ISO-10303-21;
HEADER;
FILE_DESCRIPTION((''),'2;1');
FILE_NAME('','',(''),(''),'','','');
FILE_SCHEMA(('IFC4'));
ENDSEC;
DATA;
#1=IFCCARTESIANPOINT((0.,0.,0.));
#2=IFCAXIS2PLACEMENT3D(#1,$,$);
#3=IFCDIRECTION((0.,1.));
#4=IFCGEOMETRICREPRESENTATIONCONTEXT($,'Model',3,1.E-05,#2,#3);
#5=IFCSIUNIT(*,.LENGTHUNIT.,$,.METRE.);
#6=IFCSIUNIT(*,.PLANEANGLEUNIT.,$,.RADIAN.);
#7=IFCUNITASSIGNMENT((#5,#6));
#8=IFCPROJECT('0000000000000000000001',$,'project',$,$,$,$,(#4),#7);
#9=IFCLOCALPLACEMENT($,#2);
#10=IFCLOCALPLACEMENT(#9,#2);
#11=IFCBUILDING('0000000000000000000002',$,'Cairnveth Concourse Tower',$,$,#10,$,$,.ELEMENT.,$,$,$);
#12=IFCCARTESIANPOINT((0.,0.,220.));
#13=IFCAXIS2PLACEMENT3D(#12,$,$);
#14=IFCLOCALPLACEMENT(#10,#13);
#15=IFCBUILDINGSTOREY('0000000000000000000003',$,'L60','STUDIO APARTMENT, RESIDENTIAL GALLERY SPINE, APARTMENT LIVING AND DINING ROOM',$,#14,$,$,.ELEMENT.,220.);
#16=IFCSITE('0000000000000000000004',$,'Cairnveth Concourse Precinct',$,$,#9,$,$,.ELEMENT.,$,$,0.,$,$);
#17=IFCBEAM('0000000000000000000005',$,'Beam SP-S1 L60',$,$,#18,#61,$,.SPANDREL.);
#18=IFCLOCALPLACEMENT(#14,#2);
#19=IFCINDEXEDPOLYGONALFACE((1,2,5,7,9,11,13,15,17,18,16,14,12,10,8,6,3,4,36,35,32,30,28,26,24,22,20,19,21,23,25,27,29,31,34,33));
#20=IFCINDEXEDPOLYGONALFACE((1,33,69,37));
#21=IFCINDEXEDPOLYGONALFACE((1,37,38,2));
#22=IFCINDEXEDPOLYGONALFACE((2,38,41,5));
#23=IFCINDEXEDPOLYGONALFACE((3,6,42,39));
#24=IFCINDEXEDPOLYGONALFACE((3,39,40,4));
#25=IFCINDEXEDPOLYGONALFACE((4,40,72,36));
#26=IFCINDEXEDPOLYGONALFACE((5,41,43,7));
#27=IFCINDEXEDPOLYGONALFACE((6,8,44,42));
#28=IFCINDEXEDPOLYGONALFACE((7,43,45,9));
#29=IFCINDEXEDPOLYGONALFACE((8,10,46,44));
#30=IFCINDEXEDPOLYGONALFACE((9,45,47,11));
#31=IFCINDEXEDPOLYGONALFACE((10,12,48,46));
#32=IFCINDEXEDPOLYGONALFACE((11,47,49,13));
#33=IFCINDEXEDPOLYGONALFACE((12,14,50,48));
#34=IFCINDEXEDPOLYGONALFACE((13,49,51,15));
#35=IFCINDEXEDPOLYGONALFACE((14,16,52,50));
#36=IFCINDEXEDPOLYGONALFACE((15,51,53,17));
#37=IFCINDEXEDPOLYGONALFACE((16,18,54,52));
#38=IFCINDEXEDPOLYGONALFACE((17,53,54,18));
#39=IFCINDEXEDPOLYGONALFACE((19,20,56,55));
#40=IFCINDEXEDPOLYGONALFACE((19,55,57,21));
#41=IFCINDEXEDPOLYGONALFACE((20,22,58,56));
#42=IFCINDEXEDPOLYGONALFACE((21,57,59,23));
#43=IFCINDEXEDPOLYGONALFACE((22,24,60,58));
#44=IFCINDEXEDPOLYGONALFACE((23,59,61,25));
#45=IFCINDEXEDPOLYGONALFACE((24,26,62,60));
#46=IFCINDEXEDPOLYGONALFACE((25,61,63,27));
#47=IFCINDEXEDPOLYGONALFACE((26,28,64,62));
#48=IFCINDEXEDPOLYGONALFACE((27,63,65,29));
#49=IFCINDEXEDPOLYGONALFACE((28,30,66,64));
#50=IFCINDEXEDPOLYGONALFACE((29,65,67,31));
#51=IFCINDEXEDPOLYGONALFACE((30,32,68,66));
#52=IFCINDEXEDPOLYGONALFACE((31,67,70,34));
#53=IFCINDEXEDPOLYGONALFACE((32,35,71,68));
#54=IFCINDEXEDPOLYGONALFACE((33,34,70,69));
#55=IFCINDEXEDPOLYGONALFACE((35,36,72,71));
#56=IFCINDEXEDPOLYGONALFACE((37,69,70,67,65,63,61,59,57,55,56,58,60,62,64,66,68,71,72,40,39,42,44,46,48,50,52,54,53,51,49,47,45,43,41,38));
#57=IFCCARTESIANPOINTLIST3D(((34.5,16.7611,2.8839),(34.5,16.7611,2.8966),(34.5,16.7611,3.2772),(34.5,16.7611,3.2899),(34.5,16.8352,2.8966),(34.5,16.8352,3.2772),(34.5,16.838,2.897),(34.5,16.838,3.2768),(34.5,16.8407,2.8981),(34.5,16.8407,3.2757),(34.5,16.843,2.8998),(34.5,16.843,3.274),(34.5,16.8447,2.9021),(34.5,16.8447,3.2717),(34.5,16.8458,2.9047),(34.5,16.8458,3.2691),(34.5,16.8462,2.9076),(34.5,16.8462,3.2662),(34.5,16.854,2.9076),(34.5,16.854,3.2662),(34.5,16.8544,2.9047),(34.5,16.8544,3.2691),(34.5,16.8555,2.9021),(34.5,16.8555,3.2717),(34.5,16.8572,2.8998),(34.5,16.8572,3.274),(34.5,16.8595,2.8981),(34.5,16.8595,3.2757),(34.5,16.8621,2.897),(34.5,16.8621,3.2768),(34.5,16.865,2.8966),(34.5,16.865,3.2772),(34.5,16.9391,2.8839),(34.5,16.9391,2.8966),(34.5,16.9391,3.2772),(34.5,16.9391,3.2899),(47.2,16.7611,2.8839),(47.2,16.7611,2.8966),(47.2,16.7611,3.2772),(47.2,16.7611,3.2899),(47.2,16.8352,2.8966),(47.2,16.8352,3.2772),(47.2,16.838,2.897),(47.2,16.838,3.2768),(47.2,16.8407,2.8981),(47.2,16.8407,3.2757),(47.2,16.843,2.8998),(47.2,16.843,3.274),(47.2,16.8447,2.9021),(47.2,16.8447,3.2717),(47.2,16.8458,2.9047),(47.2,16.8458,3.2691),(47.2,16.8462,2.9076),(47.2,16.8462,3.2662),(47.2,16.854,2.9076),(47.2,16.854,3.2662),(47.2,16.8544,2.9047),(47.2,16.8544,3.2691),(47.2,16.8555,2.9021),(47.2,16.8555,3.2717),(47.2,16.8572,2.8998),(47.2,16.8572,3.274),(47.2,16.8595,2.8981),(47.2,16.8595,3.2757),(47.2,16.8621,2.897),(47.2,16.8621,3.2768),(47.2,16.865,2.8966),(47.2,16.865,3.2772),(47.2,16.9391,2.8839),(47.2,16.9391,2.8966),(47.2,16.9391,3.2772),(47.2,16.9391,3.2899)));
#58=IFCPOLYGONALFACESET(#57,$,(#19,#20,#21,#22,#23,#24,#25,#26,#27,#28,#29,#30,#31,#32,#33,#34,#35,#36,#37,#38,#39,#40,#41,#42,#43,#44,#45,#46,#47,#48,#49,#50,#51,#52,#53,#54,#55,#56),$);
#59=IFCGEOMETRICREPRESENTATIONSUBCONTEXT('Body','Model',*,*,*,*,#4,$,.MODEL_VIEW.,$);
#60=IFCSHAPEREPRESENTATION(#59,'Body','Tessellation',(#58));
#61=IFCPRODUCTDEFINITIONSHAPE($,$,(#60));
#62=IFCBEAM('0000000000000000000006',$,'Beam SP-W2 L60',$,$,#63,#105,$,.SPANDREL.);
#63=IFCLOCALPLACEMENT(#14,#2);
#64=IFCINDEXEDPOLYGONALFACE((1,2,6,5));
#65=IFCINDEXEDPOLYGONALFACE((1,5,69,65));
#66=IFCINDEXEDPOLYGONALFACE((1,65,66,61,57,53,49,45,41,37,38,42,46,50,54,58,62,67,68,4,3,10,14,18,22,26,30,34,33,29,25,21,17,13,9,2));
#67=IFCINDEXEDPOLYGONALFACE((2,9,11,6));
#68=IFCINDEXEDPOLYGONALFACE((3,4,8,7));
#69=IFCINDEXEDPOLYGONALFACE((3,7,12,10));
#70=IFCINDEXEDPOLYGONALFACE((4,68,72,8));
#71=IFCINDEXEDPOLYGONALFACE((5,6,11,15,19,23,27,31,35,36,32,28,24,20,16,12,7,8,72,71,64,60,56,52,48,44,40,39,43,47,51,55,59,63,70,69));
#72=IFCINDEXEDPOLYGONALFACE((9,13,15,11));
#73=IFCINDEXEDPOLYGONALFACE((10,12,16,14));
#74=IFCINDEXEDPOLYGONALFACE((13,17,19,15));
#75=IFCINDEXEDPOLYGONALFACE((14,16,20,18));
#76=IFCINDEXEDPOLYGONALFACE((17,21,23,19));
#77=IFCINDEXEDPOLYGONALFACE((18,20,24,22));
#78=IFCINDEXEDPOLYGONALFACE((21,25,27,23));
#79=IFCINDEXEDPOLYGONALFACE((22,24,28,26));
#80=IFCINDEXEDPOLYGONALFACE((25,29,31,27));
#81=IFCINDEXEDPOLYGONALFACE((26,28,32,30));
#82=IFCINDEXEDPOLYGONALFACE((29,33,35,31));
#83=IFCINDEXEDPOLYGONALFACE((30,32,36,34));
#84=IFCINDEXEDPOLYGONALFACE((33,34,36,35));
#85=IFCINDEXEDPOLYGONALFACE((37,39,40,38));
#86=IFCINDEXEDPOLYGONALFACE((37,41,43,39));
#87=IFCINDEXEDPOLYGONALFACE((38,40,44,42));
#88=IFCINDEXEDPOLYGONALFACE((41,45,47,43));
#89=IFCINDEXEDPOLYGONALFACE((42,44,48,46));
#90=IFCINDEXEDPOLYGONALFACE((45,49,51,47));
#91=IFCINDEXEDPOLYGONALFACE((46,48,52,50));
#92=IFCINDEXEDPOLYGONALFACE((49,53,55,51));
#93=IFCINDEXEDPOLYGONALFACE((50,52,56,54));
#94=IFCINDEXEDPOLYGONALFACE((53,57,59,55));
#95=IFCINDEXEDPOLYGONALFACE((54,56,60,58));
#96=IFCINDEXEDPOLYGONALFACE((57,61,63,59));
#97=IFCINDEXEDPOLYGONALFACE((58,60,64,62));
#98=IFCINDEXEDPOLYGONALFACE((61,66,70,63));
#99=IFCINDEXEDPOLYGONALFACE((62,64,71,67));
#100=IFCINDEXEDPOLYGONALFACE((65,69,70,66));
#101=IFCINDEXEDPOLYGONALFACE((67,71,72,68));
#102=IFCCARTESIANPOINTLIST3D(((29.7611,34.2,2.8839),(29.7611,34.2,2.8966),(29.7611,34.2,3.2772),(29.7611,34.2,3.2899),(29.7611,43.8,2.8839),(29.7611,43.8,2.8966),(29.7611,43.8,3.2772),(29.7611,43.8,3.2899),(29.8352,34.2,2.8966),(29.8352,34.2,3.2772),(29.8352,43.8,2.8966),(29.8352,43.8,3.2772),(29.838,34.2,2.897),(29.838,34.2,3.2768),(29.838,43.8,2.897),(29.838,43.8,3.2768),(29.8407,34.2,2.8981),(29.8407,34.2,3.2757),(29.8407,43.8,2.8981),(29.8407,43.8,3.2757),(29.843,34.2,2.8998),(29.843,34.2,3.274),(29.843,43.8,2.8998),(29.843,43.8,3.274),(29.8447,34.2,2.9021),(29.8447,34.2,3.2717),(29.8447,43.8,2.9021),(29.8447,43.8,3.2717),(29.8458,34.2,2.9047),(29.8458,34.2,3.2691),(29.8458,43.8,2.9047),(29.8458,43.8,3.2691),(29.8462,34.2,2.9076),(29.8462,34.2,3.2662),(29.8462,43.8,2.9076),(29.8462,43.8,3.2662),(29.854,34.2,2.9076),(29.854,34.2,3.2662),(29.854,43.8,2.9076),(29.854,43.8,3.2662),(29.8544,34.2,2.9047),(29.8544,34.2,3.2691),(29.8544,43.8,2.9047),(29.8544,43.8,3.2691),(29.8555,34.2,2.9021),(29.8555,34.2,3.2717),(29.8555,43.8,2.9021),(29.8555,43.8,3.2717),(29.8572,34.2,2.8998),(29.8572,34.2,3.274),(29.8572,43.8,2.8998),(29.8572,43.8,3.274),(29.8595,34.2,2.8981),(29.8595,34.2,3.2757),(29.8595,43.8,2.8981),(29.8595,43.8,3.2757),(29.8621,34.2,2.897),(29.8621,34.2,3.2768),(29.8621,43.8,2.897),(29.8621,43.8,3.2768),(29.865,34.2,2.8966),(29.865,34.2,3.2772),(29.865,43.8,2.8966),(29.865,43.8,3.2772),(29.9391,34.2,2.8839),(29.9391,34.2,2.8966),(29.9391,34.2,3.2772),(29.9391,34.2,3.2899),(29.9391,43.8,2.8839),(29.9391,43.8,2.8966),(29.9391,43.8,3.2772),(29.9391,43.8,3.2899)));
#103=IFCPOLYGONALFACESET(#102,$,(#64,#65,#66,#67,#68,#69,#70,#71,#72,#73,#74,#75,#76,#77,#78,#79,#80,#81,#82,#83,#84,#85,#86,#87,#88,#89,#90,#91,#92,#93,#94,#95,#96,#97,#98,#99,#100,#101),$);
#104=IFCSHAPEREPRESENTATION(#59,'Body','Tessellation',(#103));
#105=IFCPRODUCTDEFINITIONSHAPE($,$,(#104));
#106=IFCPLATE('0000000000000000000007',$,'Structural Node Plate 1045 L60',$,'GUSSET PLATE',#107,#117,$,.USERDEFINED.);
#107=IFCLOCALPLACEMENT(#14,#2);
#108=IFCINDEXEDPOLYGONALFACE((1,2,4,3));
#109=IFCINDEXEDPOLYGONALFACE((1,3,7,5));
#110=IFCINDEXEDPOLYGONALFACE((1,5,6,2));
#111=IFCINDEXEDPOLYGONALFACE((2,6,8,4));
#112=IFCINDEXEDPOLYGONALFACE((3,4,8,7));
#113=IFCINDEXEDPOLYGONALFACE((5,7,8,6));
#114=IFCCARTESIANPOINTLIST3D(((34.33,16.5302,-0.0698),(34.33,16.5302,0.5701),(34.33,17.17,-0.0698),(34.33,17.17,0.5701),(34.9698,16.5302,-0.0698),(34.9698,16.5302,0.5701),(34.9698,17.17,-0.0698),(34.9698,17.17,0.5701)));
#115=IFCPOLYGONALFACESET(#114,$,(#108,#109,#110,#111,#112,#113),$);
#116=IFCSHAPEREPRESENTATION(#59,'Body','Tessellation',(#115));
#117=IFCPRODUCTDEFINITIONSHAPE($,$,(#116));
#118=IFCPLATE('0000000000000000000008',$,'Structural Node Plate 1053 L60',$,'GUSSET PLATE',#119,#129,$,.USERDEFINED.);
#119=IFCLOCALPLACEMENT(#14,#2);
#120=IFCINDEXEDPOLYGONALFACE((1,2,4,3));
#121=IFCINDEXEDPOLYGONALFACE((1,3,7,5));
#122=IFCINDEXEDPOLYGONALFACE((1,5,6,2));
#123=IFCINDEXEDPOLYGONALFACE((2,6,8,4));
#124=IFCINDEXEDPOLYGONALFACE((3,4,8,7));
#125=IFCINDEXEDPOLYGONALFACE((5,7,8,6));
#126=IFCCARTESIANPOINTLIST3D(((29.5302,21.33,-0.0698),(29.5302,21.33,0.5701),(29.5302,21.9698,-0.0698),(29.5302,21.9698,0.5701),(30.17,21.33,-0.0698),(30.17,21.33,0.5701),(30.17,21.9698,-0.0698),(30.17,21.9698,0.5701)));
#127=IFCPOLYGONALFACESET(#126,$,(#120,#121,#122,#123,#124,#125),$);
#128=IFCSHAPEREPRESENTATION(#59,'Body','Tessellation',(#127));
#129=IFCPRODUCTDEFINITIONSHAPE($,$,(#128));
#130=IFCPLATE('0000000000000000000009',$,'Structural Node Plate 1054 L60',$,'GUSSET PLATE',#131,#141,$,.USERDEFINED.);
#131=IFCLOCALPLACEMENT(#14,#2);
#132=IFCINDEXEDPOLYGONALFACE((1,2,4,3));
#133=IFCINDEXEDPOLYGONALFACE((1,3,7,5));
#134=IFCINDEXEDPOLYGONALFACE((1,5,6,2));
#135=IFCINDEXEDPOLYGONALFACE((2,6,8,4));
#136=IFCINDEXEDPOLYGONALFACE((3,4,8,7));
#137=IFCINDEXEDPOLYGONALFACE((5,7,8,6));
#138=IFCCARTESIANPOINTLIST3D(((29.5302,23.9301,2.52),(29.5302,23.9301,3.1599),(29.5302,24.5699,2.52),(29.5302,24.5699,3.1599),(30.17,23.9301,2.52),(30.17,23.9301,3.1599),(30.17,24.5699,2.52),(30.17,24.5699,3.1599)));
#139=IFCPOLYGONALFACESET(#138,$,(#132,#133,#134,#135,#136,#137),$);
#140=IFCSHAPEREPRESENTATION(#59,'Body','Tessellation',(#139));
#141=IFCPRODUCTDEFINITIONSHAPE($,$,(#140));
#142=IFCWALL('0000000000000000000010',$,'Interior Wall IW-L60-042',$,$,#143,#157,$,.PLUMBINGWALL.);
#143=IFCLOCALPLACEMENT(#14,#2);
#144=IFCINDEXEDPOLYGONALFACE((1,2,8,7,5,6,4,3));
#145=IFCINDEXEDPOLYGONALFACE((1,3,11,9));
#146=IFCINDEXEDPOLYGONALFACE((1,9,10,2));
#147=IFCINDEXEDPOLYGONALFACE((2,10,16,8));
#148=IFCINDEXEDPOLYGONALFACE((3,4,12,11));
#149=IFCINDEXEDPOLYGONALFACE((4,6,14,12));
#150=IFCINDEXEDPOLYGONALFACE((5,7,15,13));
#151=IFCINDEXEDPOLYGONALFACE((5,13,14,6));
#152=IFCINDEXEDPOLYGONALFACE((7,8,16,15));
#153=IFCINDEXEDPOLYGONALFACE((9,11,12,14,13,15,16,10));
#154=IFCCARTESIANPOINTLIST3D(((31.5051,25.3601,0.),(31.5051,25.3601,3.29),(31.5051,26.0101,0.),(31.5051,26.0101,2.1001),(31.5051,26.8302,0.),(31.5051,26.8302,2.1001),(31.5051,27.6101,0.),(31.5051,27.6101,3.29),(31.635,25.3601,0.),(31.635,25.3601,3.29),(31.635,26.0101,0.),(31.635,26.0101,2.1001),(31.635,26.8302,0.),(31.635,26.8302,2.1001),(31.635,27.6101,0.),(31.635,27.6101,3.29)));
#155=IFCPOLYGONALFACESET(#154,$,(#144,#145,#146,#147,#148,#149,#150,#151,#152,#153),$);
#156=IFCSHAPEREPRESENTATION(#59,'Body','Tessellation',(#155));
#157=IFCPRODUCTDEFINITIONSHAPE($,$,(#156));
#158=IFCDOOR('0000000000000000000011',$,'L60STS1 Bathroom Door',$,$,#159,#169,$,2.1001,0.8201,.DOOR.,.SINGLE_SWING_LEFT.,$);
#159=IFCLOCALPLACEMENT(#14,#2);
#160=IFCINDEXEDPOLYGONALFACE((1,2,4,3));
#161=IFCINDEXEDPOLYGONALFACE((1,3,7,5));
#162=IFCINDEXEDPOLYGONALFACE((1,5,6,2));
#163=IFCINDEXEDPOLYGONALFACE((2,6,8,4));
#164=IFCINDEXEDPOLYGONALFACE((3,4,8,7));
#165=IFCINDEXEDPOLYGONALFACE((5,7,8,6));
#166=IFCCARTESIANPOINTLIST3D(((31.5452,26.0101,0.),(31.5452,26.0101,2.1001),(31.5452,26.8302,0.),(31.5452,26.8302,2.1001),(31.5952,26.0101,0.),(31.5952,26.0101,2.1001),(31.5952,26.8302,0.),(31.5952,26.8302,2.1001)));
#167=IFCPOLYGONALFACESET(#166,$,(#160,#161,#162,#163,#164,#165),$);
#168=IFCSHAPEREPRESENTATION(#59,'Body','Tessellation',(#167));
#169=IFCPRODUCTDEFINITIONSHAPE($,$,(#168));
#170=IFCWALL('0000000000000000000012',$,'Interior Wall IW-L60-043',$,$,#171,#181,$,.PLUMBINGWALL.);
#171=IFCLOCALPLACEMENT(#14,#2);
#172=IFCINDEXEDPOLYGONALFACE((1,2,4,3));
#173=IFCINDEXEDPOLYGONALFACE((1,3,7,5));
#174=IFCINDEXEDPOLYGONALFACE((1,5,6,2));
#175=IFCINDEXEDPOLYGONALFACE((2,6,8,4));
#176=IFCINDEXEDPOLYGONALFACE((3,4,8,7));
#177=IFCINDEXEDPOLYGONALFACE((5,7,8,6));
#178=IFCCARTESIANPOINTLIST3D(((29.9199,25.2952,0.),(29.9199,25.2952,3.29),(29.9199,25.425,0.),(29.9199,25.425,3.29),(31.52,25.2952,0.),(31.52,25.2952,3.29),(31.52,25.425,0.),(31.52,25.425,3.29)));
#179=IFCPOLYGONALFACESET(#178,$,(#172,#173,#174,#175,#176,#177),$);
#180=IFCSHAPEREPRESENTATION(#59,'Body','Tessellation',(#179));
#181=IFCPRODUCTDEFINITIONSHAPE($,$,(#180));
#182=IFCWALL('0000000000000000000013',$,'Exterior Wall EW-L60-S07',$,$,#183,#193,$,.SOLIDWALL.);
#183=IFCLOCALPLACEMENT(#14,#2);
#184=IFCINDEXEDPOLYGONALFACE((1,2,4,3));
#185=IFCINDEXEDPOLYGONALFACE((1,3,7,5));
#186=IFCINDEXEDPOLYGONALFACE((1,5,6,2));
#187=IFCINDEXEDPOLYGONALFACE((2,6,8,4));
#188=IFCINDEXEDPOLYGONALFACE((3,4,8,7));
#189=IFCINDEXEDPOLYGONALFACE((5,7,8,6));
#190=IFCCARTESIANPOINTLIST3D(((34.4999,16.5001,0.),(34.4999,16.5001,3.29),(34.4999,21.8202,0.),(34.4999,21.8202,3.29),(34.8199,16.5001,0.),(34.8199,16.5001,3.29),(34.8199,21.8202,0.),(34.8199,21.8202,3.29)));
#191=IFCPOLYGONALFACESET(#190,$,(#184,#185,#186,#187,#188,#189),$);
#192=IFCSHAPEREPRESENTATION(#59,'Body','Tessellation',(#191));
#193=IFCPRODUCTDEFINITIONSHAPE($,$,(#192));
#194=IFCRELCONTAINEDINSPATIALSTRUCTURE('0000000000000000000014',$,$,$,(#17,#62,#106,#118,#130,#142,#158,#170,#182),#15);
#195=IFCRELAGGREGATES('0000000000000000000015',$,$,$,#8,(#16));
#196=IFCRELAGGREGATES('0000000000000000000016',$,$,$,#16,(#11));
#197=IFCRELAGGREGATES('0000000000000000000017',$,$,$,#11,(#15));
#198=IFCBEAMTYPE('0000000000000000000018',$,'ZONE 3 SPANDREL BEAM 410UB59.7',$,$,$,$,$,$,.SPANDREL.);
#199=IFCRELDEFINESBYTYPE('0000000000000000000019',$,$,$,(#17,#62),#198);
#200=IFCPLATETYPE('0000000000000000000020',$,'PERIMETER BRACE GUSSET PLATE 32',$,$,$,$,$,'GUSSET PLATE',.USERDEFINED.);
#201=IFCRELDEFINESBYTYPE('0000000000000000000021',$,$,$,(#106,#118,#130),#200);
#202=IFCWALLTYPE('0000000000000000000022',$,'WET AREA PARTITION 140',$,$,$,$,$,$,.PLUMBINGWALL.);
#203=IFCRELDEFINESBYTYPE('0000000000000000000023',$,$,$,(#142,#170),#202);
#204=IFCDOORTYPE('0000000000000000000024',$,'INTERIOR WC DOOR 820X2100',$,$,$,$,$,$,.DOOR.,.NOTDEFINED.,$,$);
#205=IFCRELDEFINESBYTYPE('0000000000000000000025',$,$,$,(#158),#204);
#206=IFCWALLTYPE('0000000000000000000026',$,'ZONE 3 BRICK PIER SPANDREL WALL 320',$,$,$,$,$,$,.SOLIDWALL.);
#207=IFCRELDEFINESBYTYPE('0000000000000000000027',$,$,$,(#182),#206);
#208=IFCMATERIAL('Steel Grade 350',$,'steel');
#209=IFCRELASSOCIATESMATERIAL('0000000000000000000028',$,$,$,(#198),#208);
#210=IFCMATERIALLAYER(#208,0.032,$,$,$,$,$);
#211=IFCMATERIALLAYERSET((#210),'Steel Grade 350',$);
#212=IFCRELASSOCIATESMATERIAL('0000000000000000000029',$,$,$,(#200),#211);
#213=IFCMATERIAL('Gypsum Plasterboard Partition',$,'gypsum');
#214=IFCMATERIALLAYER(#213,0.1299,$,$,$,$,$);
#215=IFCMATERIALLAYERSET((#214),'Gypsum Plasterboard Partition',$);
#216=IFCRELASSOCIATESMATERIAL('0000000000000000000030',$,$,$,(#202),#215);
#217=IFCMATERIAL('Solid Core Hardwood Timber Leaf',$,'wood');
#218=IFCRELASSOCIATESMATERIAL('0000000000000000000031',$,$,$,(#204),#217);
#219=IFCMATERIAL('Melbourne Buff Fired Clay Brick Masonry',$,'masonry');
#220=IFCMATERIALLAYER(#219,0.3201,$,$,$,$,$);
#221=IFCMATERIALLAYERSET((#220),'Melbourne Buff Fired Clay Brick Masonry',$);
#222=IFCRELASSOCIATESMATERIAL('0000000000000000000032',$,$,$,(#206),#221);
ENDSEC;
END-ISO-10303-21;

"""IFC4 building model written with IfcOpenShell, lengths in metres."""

from ifc_helpers import new_model, si_unit, direction, frame, frame_2d, origin, origin_2d, place, context, subcontext, project, spatial, rectangle, i_section, extrude, material, layer, layer_set, material_profile, profile_set, type_object, element, fill, save


model = new_model("IFC4")

# Units and contexts
model_context = context("Model", 3, precision=1e-05, world=origin(), true_north=direction((0.0, 1.0)))
body_context = subcontext(model_context, "Body", "Model", "MODEL_VIEW")
ifc_project = project(units=[si_unit("LENGTHUNIT", "METRE"), si_unit("PLANEANGLEUNIT", "RADIAN")], contexts=[model_context])

# Site, building, storey
site_placement = place(None, origin())
site = spatial("IfcSite", under=ifc_project, at=site_placement, Name="Cairnveth Concourse Precinct", CompositionType="ELEMENT", RefElevation=0.0)
building_placement = place(site_placement, origin())
building = spatial("IfcBuilding", under=site, at=building_placement, Name="Cairnveth Concourse Tower", CompositionType="ELEMENT")
storey_placement = place(building_placement, frame((0.0, 0.0, 220.0)))
storey = spatial("IfcBuildingStorey", under=building, at=storey_placement, Name="L60", Description="STUDIO APARTMENT, RESIDENTIAL GALLERY SPINE, APARTMENT LIVING AND DINING ROOM", CompositionType="ELEMENT", Elevation=220.0)

# Shared definitions
ifc_material_1 = material(Name="Steel Grade 350", Category="steel")

# Beams
ifc_material_profile_1 = material_profile(ifc_material_1, i_section(OverallWidth=0.178, OverallDepth=0.406, WebThickness=0.0078, FlangeThickness=0.0127, FilletRadius=0.011, at=origin_2d()), Name="410UB59.7")
ifc_profile_set_1 = profile_set([ifc_material_profile_1], Name="Steel Grade 350")
beam_type_1 = type_object("IfcBeamType", Name="ZONE 3 SPANDREL BEAM 410UB59.7", PredefinedType="SPANDREL", material=ifc_profile_set_1)
beam_1_placement = place(storey_placement, frame((34.5, 16.8501, 3.0869), z_axis=(1.0, 0.0, 0.0), x_axis=(0.0, 1.0, 0.0)))
element("IfcBeam", 1, at=beam_1_placement, inside=storey, type_object=beam_type_1, Name="Beam SP-S1 L60", PredefinedType="SPANDREL", context=body_context, shape_type="SweptSolid", body=[
    extrude(i_section(OverallWidth=0.178, OverallDepth=0.406, WebThickness=0.0078, FlangeThickness=0.0127, FilletRadius=0.011, at=origin_2d()), origin(), (0.0, 0.0, 1.0), 12.7),
])
beam_2_placement = place(storey_placement, frame((29.8501, 34.2, 3.0869), z_axis=(0.0, 1.0, 0.0), x_axis=(-1.0, 0.0, 0.0)))
element("IfcBeam", 2, at=beam_2_placement, inside=storey, type_object=beam_type_1, Name="Beam SP-W2 L60", PredefinedType="SPANDREL", context=body_context, shape_type="SweptSolid", body=[
    extrude(i_section(OverallWidth=0.178, OverallDepth=0.406, WebThickness=0.0078, FlangeThickness=0.0127, FilletRadius=0.011, at=origin_2d()), origin(), (0.0, 0.0, 1.0), 9.6001),
])

# Plates
ifc_layer_1 = layer(ifc_material_1, 0.032)
ifc_layer_set_1 = layer_set([ifc_layer_1], Name="Steel Grade 350")
plate_type = type_object("IfcPlateType", Name="PERIMETER BRACE GUSSET PLATE 32", ElementType="GUSSET PLATE", PredefinedType="USERDEFINED", material=ifc_layer_set_1)
for number, where, z_axis, x_axis, name in (
    (3, (34.6499, 16.8501, -0.0698), (0.0, 0.0, 1.0), (1.0, 0.0, 0.0), "Structural Node Plate 1045 L60"),
    (4, (29.8501, 21.6499, -0.0698), (0.0, 0.0, 1.0), (1.0, 0.0, 0.0), "Structural Node Plate 1053 L60"),
    (5, (29.8501, 24.25, 2.52), (0.0, 0.0, 1.0), (1.0, 0.0, 0.0), "Structural Node Plate 1054 L60"),
):
    element("IfcPlate", number, at=place(storey_placement, frame(where, z_axis=z_axis, x_axis=x_axis)), inside=storey, type_object=plate_type, Name=name, ObjectType="GUSSET PLATE", PredefinedType="USERDEFINED", context=body_context, shape_type="SweptSolid", body=[
        extrude(rectangle(XDim=0.6399, YDim=0.6399, at=origin_2d()), origin(), (0.0, 0.0, 1.0), 0.6399),
    ])

# Wall, opening, door
ifc_material_2 = material(Name="Gypsum Plasterboard Partition", Category="gypsum")
ifc_layer_2 = layer(ifc_material_2, 0.1299)
ifc_layer_set_2 = layer_set([ifc_layer_2], Name="Gypsum Plasterboard Partition")
wall_type_1 = type_object("IfcWallType", Name="WET AREA PARTITION 140", PredefinedType="PLUMBINGWALL", material=ifc_layer_set_2)
wall_1_placement = place(storey_placement, frame((31.5701, 25.3601, 0.0), z_axis=(0.0, 0.0, 1.0), x_axis=(0.0, 1.0, 0.0)))
wall_1 = element("IfcWall", 6, at=wall_1_placement, inside=storey, type_object=wall_type_1, Name="Interior Wall IW-L60-042", PredefinedType="PLUMBINGWALL", context=body_context, shape_type="SweptSolid", body=[
    extrude(rectangle(XDim=2.25, YDim=0.1299, at=frame_2d((1.125, 0.0))), origin(), (0.0, 0.0, 1.0), 3.29),
])
opening_placement = place(wall_1_placement, frame((0.6499, 0.0, 0.0)))
opening = element("IfcOpeningElement", 7, at=opening_placement, cuts=wall_1, PredefinedType="OPENING", context=body_context, shape_type="SweptSolid", body=[
    extrude(rectangle(XDim=0.8201, YDim=2.1001, at=frame_2d((0.4102, 1.05))), frame((0.0, 0.075, 0.0), z_axis=(0.0, -1.0, 0.0), x_axis=(1.0, 0.0, 0.0)), (0.0, 0.0, 1.0), 0.1499),
])
ifc_material_3 = material(Name="Solid Core Hardwood Timber Leaf", Category="wood")
door_type = type_object("IfcDoorType", Name="INTERIOR WC DOOR 820X2100", OperationType="NOTDEFINED", PredefinedType="DOOR", material=ifc_material_3)
door_placement = place(opening_placement, origin())
door = element("IfcDoor", 8, at=door_placement, inside=storey, type_object=door_type, Name="L60STS1 Bathroom Door", OperationType="SINGLE_SWING_LEFT", OverallHeight=2.1001, OverallWidth=0.8201, PredefinedType="DOOR", context=body_context, shape_type="SweptSolid", body=[
    extrude(rectangle(XDim=0.8201, YDim=2.1001, at=frame_2d((0.4102, 1.05))), frame((0.0, 0.0249, 0.0), z_axis=(0.0, -1.0, 0.0), x_axis=(1.0, 0.0, 0.0)), (0.0, 0.0, 1.0), 0.05),
])
fill(opening, door)

# Walls
wall_2_placement = place(storey_placement, frame((29.9199, 25.3601, 0.0), z_axis=(0.0, 0.0, 1.0), x_axis=(1.0, 0.0, 0.0)))
element("IfcWall", 9, at=wall_2_placement, inside=storey, type_object=wall_type_1, Name="Interior Wall IW-L60-043", PredefinedType="PLUMBINGWALL", context=body_context, shape_type="SweptSolid", body=[
    extrude(rectangle(XDim=1.6001, YDim=0.1299, at=frame_2d((0.8, 0.0))), origin(), (0.0, 0.0, 1.0), 3.29),
])
ifc_material_4 = material(Name="Melbourne Buff Fired Clay Brick Masonry", Category="masonry")
ifc_layer_3 = layer(ifc_material_4, 0.3201)
ifc_layer_set_3 = layer_set([ifc_layer_3], Name="Melbourne Buff Fired Clay Brick Masonry")
wall_type_2 = type_object("IfcWallType", Name="ZONE 3 BRICK PIER SPANDREL WALL 320", PredefinedType="SOLIDWALL", material=ifc_layer_set_3)
wall_3_placement = place(storey_placement, frame((34.6599, 16.5, 0.0), z_axis=(0.0, 0.0, 1.0), x_axis=(0.0, 1.0, 0.0)))
element("IfcWall", 10, at=wall_3_placement, inside=storey, type_object=wall_type_2, Name="Exterior Wall EW-L60-S07", PredefinedType="SOLIDWALL", context=body_context, shape_type="SweptSolid", body=[
    extrude(rectangle(XDim=5.3201, YDim=0.3201, at=frame_2d((2.6602, 0.0))), origin(), (0.0, 0.0, 1.0), 3.29),
])

save(model, "model.ifc")
